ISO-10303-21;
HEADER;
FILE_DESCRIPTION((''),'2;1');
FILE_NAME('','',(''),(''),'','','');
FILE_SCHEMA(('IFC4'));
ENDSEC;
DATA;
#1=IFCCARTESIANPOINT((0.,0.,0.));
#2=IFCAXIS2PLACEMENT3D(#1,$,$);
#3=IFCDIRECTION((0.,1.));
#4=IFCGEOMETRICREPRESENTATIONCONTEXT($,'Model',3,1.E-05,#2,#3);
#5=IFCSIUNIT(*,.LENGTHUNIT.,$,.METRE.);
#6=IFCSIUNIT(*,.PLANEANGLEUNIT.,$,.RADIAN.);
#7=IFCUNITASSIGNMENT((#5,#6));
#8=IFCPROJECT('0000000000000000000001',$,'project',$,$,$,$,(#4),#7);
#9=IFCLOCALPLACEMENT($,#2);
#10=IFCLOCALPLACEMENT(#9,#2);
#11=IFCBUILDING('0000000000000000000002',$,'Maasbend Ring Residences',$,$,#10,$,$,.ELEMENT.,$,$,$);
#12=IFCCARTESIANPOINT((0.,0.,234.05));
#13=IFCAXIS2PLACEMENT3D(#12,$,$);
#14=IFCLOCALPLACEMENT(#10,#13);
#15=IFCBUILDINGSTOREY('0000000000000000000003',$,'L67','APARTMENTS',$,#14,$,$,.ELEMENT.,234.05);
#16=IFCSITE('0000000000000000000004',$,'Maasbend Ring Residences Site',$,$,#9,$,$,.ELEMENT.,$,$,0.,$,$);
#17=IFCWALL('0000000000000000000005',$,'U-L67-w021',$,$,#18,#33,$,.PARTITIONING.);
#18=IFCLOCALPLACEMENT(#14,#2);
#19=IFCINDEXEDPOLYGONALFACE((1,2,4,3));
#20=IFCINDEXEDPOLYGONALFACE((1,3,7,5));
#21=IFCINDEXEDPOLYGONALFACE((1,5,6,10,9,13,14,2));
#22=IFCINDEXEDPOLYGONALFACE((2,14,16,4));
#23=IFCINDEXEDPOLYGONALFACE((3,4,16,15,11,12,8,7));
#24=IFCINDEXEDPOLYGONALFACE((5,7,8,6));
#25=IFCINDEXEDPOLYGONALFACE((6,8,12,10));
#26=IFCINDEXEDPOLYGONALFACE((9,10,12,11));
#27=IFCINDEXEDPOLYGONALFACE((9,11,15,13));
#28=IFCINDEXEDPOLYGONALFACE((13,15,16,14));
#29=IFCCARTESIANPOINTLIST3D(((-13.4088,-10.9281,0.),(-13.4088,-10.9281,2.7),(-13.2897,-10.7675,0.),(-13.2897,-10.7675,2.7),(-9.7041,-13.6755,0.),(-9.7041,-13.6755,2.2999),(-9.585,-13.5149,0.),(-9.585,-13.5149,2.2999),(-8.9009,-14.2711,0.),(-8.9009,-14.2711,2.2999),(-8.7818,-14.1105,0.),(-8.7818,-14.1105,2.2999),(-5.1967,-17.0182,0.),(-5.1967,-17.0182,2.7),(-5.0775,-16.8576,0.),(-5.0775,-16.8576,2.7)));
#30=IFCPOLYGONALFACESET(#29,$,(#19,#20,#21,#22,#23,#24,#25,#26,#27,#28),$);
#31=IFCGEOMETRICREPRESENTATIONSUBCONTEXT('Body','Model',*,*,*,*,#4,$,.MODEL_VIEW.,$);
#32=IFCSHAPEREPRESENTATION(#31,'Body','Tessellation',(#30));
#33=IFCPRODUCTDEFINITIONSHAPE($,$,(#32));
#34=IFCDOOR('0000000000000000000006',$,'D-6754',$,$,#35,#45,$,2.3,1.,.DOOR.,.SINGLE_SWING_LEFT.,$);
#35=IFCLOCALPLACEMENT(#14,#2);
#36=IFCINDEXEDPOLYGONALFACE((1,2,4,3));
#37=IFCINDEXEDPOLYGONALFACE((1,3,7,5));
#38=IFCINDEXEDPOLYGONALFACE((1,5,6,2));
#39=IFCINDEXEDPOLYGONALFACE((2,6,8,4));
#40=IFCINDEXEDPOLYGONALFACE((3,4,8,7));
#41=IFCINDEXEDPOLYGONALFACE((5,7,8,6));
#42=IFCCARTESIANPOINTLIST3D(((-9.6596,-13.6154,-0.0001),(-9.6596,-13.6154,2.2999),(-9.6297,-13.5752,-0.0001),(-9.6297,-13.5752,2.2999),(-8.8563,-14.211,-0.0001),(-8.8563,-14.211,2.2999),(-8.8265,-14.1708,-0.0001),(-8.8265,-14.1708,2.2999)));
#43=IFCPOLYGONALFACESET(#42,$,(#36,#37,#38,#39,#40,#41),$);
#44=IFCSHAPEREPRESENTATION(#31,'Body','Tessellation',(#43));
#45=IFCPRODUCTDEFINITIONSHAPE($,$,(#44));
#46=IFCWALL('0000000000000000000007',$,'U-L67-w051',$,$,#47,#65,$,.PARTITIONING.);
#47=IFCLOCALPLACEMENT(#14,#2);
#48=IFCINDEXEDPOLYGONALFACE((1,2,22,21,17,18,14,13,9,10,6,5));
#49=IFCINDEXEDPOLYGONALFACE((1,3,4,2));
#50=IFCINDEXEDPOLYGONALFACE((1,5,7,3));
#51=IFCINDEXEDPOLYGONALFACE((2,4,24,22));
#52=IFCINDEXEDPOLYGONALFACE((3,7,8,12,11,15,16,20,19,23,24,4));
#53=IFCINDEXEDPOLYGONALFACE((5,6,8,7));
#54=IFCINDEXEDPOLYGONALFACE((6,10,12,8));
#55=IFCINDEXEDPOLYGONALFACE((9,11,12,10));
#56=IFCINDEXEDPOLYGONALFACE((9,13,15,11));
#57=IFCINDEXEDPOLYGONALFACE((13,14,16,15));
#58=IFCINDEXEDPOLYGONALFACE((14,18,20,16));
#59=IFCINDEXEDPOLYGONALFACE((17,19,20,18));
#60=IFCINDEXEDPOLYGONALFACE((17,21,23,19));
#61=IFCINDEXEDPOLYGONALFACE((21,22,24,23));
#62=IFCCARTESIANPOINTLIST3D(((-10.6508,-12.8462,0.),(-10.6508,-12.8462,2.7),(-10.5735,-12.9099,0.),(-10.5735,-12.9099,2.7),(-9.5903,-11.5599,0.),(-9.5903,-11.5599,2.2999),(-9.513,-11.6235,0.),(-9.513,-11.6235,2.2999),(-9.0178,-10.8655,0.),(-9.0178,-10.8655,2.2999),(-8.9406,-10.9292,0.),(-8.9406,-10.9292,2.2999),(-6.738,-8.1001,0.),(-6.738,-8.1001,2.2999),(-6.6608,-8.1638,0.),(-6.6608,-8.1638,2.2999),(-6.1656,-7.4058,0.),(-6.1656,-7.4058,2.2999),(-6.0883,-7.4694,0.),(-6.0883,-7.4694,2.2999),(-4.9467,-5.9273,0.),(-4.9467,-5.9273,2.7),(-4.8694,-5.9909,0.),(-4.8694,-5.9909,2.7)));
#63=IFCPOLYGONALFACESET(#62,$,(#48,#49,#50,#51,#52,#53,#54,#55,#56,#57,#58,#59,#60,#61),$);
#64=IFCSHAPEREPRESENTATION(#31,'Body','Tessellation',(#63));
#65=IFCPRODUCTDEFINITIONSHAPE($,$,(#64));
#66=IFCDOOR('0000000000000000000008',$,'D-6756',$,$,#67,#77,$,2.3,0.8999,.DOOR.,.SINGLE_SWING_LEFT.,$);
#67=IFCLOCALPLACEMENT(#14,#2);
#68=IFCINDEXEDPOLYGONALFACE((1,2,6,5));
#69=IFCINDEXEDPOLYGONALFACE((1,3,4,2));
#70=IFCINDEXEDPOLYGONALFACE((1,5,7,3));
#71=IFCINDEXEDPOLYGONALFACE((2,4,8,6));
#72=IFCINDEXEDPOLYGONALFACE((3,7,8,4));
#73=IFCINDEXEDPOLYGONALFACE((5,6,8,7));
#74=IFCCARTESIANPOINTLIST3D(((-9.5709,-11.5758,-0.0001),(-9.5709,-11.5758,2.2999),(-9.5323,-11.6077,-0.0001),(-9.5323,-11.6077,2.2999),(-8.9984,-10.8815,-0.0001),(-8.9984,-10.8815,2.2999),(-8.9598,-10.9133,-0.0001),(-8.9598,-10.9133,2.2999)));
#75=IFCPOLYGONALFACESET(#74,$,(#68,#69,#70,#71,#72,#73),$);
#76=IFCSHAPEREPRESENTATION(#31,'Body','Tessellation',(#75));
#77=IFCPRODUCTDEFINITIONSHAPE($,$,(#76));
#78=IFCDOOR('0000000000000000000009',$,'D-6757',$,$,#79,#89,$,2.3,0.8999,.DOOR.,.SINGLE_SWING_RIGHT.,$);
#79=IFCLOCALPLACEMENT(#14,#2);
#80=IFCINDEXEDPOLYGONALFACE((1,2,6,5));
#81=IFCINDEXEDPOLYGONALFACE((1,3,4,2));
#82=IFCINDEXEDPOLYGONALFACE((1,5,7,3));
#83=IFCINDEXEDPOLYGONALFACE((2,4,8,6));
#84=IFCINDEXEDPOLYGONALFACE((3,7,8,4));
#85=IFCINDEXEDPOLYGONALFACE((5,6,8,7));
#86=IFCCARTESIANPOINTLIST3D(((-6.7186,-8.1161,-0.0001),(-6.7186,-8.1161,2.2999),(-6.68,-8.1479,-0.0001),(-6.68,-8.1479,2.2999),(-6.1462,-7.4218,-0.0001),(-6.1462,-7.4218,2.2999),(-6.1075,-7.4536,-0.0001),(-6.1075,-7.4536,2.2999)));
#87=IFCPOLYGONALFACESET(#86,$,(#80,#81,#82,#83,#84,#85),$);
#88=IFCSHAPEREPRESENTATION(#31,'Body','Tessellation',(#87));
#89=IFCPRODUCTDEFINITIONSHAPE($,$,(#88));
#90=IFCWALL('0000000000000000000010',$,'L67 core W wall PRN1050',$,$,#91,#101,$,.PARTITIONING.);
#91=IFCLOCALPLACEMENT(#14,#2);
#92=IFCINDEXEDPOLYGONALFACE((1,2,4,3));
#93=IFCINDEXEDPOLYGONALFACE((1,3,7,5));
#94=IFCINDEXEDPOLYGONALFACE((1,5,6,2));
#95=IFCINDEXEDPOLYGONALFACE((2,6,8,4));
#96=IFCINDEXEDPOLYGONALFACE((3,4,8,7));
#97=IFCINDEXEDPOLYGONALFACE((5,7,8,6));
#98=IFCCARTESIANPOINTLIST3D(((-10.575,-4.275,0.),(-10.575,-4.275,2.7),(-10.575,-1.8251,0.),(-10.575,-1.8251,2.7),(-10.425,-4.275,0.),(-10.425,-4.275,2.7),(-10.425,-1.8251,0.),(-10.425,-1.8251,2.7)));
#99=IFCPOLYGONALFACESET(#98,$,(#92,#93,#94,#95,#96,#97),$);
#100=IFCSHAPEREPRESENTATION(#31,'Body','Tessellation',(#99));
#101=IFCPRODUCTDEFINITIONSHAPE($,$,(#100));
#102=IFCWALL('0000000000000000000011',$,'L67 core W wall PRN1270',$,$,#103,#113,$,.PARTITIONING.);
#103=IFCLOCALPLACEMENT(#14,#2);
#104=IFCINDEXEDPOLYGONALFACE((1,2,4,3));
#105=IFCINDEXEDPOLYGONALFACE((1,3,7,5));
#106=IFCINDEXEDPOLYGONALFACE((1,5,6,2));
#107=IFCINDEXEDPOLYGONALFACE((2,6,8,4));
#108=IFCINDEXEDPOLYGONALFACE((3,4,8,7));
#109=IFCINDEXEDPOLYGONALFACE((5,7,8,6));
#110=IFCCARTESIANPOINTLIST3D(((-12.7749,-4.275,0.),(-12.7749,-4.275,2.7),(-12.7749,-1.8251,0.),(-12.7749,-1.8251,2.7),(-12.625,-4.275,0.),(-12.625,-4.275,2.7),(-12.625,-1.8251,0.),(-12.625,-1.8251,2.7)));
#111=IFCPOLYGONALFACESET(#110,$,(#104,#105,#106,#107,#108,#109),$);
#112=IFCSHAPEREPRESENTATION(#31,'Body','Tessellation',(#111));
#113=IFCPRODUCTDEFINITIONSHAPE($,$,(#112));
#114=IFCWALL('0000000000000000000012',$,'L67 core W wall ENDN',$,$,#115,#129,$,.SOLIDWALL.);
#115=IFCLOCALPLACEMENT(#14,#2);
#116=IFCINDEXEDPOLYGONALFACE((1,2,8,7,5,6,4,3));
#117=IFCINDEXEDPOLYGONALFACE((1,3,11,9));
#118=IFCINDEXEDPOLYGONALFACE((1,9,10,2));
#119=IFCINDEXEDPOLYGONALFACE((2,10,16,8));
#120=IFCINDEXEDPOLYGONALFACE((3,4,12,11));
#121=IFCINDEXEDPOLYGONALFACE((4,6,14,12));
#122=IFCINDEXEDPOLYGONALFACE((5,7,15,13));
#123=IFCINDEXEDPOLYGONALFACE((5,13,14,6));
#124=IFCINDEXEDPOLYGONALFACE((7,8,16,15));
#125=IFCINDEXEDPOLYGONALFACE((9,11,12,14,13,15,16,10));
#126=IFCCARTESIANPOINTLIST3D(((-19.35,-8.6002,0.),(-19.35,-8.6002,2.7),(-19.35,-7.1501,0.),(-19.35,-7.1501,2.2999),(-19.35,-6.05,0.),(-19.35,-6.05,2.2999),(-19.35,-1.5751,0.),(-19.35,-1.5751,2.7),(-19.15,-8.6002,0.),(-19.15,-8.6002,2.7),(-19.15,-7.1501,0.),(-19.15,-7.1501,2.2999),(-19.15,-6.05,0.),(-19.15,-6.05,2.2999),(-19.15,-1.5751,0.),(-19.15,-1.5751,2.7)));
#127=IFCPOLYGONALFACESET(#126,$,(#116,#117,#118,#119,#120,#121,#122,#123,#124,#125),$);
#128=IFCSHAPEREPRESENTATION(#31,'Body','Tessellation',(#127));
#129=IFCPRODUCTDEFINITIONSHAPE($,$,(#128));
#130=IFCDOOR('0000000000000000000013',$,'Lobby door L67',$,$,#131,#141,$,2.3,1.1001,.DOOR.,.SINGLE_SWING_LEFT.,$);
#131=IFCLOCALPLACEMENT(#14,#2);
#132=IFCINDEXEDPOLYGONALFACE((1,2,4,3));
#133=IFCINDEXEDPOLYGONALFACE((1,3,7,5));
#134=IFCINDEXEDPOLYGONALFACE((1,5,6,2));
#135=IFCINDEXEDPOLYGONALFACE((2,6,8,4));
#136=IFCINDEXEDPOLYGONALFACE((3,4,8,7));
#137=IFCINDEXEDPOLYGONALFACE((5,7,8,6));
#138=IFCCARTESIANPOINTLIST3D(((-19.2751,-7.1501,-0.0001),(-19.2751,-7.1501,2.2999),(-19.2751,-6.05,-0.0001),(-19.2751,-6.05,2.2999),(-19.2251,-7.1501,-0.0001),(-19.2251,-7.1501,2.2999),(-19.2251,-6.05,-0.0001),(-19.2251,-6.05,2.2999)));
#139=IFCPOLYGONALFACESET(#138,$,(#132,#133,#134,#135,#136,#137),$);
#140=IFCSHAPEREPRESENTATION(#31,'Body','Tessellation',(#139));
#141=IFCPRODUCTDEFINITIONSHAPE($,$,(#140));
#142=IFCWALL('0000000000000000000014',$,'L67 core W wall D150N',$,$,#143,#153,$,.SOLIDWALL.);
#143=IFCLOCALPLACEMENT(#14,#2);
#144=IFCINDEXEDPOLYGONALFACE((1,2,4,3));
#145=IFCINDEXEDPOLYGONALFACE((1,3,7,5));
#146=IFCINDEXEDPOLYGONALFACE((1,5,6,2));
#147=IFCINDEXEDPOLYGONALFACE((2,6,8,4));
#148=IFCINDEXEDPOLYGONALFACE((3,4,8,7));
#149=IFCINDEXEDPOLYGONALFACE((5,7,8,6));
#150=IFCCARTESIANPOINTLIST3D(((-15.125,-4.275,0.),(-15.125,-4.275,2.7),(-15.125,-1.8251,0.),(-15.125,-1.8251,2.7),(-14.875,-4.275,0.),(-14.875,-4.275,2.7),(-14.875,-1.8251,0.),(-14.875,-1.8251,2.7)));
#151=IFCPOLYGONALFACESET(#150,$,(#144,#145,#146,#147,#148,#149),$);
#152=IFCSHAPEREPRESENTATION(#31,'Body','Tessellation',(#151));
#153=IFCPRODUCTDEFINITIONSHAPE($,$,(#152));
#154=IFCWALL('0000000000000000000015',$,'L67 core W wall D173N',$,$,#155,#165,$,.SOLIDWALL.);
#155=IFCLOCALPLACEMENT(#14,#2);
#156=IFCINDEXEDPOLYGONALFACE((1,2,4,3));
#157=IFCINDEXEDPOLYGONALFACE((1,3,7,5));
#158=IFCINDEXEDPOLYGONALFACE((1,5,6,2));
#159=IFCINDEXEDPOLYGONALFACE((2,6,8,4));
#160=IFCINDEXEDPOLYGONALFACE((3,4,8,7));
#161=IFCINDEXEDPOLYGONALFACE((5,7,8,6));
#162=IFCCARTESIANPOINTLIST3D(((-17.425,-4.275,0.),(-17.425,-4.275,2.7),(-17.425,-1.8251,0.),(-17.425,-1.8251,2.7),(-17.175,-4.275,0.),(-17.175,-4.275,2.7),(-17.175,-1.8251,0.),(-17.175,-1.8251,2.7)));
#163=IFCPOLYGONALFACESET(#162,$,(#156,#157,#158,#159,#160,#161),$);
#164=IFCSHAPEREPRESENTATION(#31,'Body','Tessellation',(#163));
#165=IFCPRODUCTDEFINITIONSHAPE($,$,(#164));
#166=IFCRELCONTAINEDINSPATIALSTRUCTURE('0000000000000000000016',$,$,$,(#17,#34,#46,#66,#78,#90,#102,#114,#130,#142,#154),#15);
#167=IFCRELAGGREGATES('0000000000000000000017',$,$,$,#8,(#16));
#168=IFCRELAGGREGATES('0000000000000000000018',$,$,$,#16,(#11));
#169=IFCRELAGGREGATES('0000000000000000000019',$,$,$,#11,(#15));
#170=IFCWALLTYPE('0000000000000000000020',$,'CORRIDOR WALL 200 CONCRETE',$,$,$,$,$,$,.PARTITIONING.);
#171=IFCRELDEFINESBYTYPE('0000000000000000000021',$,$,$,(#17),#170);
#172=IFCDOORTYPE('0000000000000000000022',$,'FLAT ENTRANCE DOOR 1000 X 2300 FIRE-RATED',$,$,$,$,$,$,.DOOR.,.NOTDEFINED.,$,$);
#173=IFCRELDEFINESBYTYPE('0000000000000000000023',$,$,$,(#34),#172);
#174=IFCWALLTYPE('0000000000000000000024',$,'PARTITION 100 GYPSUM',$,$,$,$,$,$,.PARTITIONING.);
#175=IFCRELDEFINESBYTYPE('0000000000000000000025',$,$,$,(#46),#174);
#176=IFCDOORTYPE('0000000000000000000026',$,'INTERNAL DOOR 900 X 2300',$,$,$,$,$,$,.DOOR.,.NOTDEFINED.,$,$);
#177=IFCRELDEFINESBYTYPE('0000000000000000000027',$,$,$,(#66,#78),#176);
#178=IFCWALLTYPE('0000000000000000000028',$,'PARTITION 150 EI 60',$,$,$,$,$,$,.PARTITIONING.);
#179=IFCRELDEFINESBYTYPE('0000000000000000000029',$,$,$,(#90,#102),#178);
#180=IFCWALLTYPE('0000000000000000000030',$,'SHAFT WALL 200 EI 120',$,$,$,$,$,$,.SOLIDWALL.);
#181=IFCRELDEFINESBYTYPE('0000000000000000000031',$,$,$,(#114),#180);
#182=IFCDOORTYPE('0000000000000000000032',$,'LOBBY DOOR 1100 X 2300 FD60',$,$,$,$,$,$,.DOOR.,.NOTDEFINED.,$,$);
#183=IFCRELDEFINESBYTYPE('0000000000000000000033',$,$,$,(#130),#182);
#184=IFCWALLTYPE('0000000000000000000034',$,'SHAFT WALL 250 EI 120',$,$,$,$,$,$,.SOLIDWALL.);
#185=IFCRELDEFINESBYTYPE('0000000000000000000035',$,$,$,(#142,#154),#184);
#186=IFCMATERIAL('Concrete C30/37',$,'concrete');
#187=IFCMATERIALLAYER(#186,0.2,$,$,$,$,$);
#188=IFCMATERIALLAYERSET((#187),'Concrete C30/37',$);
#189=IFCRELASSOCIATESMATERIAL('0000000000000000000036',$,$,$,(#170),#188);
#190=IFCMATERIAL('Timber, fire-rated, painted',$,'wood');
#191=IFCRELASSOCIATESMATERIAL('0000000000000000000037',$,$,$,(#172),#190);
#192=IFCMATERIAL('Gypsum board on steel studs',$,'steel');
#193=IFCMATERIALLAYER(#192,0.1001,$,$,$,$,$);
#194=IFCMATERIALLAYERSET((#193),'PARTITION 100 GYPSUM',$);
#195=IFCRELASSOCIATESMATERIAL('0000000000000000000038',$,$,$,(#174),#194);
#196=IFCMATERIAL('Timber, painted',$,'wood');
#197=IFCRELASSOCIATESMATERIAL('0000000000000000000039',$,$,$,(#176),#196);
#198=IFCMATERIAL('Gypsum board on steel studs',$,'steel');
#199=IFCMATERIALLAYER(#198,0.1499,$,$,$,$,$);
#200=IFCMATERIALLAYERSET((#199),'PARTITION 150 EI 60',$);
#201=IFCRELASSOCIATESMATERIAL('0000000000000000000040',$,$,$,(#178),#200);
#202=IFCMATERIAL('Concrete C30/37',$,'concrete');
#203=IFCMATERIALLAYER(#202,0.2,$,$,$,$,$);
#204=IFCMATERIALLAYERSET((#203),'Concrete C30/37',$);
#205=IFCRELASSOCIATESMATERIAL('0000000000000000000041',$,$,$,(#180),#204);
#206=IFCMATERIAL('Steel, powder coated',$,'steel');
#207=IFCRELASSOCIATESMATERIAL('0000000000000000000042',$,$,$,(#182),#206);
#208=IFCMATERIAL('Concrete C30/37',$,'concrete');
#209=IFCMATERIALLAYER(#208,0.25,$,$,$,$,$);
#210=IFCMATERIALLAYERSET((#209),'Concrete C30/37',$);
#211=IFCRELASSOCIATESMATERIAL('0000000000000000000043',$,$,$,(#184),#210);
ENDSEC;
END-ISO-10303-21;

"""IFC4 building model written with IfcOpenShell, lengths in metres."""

from ifc_helpers import new_model, si_unit, direction, frame, frame_2d, origin, place, context, subcontext, project, spatial, rectangle, extrude, material, layer, layer_set, type_object, element, fill, save


model = new_model("IFC4")

# Units and contexts
model_context = context("Model", 3, precision=1e-05, world=origin(), true_north=direction((0.0, 1.0)))
body_context = subcontext(model_context, "Body", "Model", "MODEL_VIEW")
ifc_project = project(units=[si_unit("LENGTHUNIT", "METRE"), si_unit("PLANEANGLEUNIT", "RADIAN")], contexts=[model_context])

# Site, building, storey
site_placement = place(None, origin())
site = spatial("IfcSite", under=ifc_project, at=site_placement, Name="Maasbend Ring Residences Site", CompositionType="ELEMENT", RefElevation=0.0)
building_placement = place(site_placement, origin())
building = spatial("IfcBuilding", under=site, at=building_placement, Name="Maasbend Ring Residences", CompositionType="ELEMENT")
storey_placement = place(building_placement, frame((0.0, 0.0, 234.05)))
storey = spatial("IfcBuildingStorey", under=building, at=storey_placement, Name="L67", Description="APARTMENTS", CompositionType="ELEMENT", Elevation=234.05)

# Wall, opening, door
ifc_material_1 = material(Name="Concrete C30/37", Category="concrete")
ifc_layer_1 = layer(ifc_material_1, 0.2)
ifc_layer_set_1 = layer_set([ifc_layer_1], Name="Concrete C30/37")
wall_type_1 = type_object("IfcWallType", Name="CORRIDOR WALL 200 CONCRETE", PredefinedType="PARTITIONING", material=ifc_layer_set_1)
ifc_material_2 = material(Name="Timber, fire-rated, painted", Category="wood")
door_type_1 = type_object("IfcDoorType", Name="FLAT ENTRANCE DOOR 1000 X 2300 FIRE-RATED", OperationType="NOTDEFINED", PredefinedType="DOOR", material=ifc_material_2)
wall_1_placement = place(storey_placement, frame((-13.3491, -10.8479, 0.0), z_axis=(0.0, 0.0, 1.0), x_axis=(0.803229, -0.59567, 0.0)))
wall_1 = element("IfcWall", 1, at=wall_1_placement, inside=storey, type_object=wall_type_1, Name="U-L67-w021", PredefinedType="PARTITIONING", context=body_context, shape_type="SweptSolid", body=[
    extrude(rectangle(XDim=10.2239, YDim=0.2, at=frame_2d((5.1118, 0.0))), origin(), (0.0, 0.0, 1.0), 2.7),
])
opening_1_placement = place(wall_1_placement, frame((4.6121, 0.0, 0.0)))
opening_1 = element("IfcOpeningElement", 2, at=opening_1_placement, cuts=wall_1, PredefinedType="OPENING", context=body_context, shape_type="SweptSolid", body=[
    extrude(rectangle(XDim=1.0, YDim=2.3, at=frame_2d((0.5, 1.1499))), frame((0.0, 0.1099, 0.0), z_axis=(0.0, -1.0, 0.0), x_axis=(1.0, 0.0, 0.0)), (0.0, 0.0, 1.0), 0.22),
])
door_1_placement = place(opening_1_placement, origin())
door_1 = element("IfcDoor", 3, at=door_1_placement, inside=storey, type_object=door_type_1, Name="D-6754", OperationType="SINGLE_SWING_LEFT", OverallHeight=2.3, OverallWidth=1.0, PredefinedType="DOOR", context=body_context, shape_type="SweptSolid", body=[
    extrude(rectangle(XDim=1.0, YDim=2.3, at=frame_2d((0.5, 1.1499))), frame((0.0, 0.0249, 0.0), z_axis=(0.0, -1.0, 0.0), x_axis=(1.0, 0.0, 0.0)), (0.0, 0.0, 1.0), 0.05),
])
fill(opening_1, door_1)

# Wall, openings, doors
ifc_material_3 = material(Name="Gypsum board on steel studs", Category="steel")
ifc_layer_2 = layer(ifc_material_3, 0.1001)
ifc_layer_set_2 = layer_set([ifc_layer_2], Name="PARTITION 100 GYPSUM")
wall_type_2 = type_object("IfcWallType", Name="PARTITION 100 GYPSUM", PredefinedType="PARTITIONING", material=ifc_layer_set_2)
wall_2_placement = place(storey_placement, frame((-10.6121, -12.8779, 0.0), z_axis=(0.0, 0.0, 1.0), x_axis=(0.636116, 0.771594, 0.0)))
wall_2 = element("IfcWall", 4, at=wall_2_placement, inside=storey, type_object=wall_type_2, Name="U-L67-w051", PredefinedType="PARTITIONING", context=body_context, shape_type="SweptSolid", body=[
    extrude(rectangle(XDim=8.967, YDim=0.1001, at=frame_2d((4.4834, 0.0))), origin(), (0.0, 0.0, 1.0), 2.7),
])
opening_2_placement = place(wall_2_placement, frame((1.667, 0.0, 0.0)))
opening_2 = element("IfcOpeningElement", 5, at=opening_2_placement, cuts=wall_2, PredefinedType="OPENING", context=body_context, shape_type="SweptSolid", body=[
    extrude(rectangle(XDim=0.8999, YDim=2.3, at=frame_2d((0.45, 1.1499))), frame((0.0, 0.0601, 0.0), z_axis=(0.0, -1.0, 0.0), x_axis=(1.0, 0.0, 0.0)), (0.0, 0.0, 1.0), 0.1201),
])
opening_3_placement = place(wall_2_placement, frame((6.1509, 0.0, 0.0)))
opening_3 = element("IfcOpeningElement", 6, at=opening_3_placement, cuts=wall_2, PredefinedType="OPENING", context=body_context, shape_type="SweptSolid", body=[
    extrude(rectangle(XDim=0.8999, YDim=2.3, at=frame_2d((0.45, 1.1499))), frame((0.0, 0.0601, 0.0), z_axis=(0.0, -1.0, 0.0), x_axis=(1.0, 0.0, 0.0)), (0.0, 0.0, 1.0), 0.1201),
])
ifc_material_4 = material(Name="Timber, painted", Category="wood")
door_type_2 = type_object("IfcDoorType", Name="INTERNAL DOOR 900 X 2300", OperationType="NOTDEFINED", PredefinedType="DOOR", material=ifc_material_4)
door_2_placement = place(opening_2_placement, origin())
door_2 = element("IfcDoor", 7, at=door_2_placement, inside=storey, type_object=door_type_2, Name="D-6756", OperationType="SINGLE_SWING_LEFT", OverallHeight=2.3, OverallWidth=0.8999, PredefinedType="DOOR", context=body_context, shape_type="SweptSolid", body=[
    extrude(rectangle(XDim=0.8999, YDim=2.3, at=frame_2d((0.45, 1.1499))), frame((0.0, 0.0249, 0.0), z_axis=(0.0, -1.0, 0.0), x_axis=(1.0, 0.0, 0.0)), (0.0, 0.0, 1.0), 0.05),
])
fill(opening_2, door_2)
door_3_placement = place(opening_3_placement, origin())
door_3 = element("IfcDoor", 8, at=door_3_placement, inside=storey, type_object=door_type_2, Name="D-6757", OperationType="SINGLE_SWING_RIGHT", OverallHeight=2.3, OverallWidth=0.8999, PredefinedType="DOOR", context=body_context, shape_type="SweptSolid", body=[
    extrude(rectangle(XDim=0.8999, YDim=2.3, at=frame_2d((0.45, 1.1499))), frame((0.0, 0.0249, 0.0), z_axis=(0.0, -1.0, 0.0), x_axis=(1.0, 0.0, 0.0)), (0.0, 0.0, 1.0), 0.05),
])
fill(opening_3, door_3)

# Walls
ifc_material_5 = material(Name="Gypsum board on steel studs", Category="steel")
ifc_layer_3 = layer(ifc_material_5, 0.1499)
ifc_layer_set_3 = layer_set([ifc_layer_3], Name="PARTITION 150 EI 60")
wall_type_3 = type_object("IfcWallType", Name="PARTITION 150 EI 60", PredefinedType="PARTITIONING", material=ifc_layer_set_3)
for number, where, z_axis, x_axis, name in (
    (9, (-10.5, -1.825, 0.0), (0.0, 0.0, 1.0), (0.0, -1.0, 0.0), "L67 core W wall PRN1050"),
    (10, (-12.7, -1.825, 0.0), (0.0, 0.0, 1.0), (0.0, -1.0, 0.0), "L67 core W wall PRN1270"),
):
    element("IfcWall", number, at=place(storey_placement, frame(where, z_axis=z_axis, x_axis=x_axis)), inside=storey, type_object=wall_type_3, Name=name, PredefinedType="PARTITIONING", context=body_context, shape_type="SweptSolid", body=[
        extrude(rectangle(XDim=2.45, YDim=0.1499, at=frame_2d((1.2251, 0.0))), origin(), (0.0, 0.0, 1.0), 2.7),
    ])

# Wall, opening, door
ifc_material_6 = material(Name="Concrete C30/37", Category="concrete")
ifc_layer_4 = layer(ifc_material_6, 0.2)
ifc_layer_set_4 = layer_set([ifc_layer_4], Name="Concrete C30/37")
wall_type_4 = type_object("IfcWallType", Name="SHAFT WALL 200 EI 120", PredefinedType="SOLIDWALL", material=ifc_layer_set_4)
wall_3_placement = place(storey_placement, frame((-19.25, -1.575, 0.0), z_axis=(0.0, 0.0, 1.0), x_axis=(0.0, -1.0, 0.0)))
wall_3 = element("IfcWall", 11, at=wall_3_placement, inside=storey, type_object=wall_type_4, Name="L67 core W wall ENDN", PredefinedType="SOLIDWALL", context=body_context, shape_type="SweptSolid", body=[
    extrude(rectangle(XDim=7.0251, YDim=0.2, at=frame_2d((3.5127, 0.0))), origin(), (0.0, 0.0, 1.0), 2.7),
])
opening_4_placement = place(wall_3_placement, frame((4.4751, 0.0, 0.0)))
opening_4 = element("IfcOpeningElement", 12, at=opening_4_placement, cuts=wall_3, PredefinedType="OPENING", context=body_context, shape_type="SweptSolid", body=[
    extrude(rectangle(XDim=1.1001, YDim=2.3, at=frame_2d((0.55, 1.1499))), frame((0.0, 0.1099, 0.0), z_axis=(0.0, -1.0, 0.0), x_axis=(1.0, 0.0, 0.0)), (0.0, 0.0, 1.0), 0.22),
])
ifc_material_7 = material(Name="Steel, powder coated", Category="steel")
door_type_3 = type_object("IfcDoorType", Name="LOBBY DOOR 1100 X 2300 FD60", OperationType="NOTDEFINED", PredefinedType="DOOR", material=ifc_material_7)
door_4_placement = place(opening_4_placement, origin())
door_4 = element("IfcDoor", 13, at=door_4_placement, inside=storey, type_object=door_type_3, Name="Lobby door L67", OperationType="SINGLE_SWING_LEFT", OverallHeight=2.3, OverallWidth=1.1001, PredefinedType="DOOR", context=body_context, shape_type="SweptSolid", body=[
    extrude(rectangle(XDim=1.1001, YDim=2.3, at=frame_2d((0.55, 1.1499))), frame((0.0, 0.0249, 0.0), z_axis=(0.0, -1.0, 0.0), x_axis=(1.0, 0.0, 0.0)), (0.0, 0.0, 1.0), 0.05),
])
fill(opening_4, door_4)

# Walls
ifc_material_8 = material(Name="Concrete C30/37", Category="concrete")
ifc_layer_5 = layer(ifc_material_8, 0.25)
ifc_layer_set_5 = layer_set([ifc_layer_5], Name="Concrete C30/37")
wall_type_5 = type_object("IfcWallType", Name="SHAFT WALL 250 EI 120", PredefinedType="SOLIDWALL", material=ifc_layer_set_5)
for number, where, z_axis, x_axis, name in (
    (14, (-15.0, -1.825, 0.0), (0.0, 0.0, 1.0), (0.0, -1.0, 0.0), "L67 core W wall D150N"),
    (15, (-17.3, -1.825, 0.0), (0.0, 0.0, 1.0), (0.0, -1.0, 0.0), "L67 core W wall D173N"),
):
    element("IfcWall", number, at=place(storey_placement, frame(where, z_axis=z_axis, x_axis=x_axis)), inside=storey, type_object=wall_type_5, Name=name, PredefinedType="SOLIDWALL", context=body_context, shape_type="SweptSolid", body=[
        extrude(rectangle(XDim=2.45, YDim=0.25, at=frame_2d((1.2251, 0.0))), origin(), (0.0, 0.0, 1.0), 2.7),
    ])

save(model, "model.ifc")
